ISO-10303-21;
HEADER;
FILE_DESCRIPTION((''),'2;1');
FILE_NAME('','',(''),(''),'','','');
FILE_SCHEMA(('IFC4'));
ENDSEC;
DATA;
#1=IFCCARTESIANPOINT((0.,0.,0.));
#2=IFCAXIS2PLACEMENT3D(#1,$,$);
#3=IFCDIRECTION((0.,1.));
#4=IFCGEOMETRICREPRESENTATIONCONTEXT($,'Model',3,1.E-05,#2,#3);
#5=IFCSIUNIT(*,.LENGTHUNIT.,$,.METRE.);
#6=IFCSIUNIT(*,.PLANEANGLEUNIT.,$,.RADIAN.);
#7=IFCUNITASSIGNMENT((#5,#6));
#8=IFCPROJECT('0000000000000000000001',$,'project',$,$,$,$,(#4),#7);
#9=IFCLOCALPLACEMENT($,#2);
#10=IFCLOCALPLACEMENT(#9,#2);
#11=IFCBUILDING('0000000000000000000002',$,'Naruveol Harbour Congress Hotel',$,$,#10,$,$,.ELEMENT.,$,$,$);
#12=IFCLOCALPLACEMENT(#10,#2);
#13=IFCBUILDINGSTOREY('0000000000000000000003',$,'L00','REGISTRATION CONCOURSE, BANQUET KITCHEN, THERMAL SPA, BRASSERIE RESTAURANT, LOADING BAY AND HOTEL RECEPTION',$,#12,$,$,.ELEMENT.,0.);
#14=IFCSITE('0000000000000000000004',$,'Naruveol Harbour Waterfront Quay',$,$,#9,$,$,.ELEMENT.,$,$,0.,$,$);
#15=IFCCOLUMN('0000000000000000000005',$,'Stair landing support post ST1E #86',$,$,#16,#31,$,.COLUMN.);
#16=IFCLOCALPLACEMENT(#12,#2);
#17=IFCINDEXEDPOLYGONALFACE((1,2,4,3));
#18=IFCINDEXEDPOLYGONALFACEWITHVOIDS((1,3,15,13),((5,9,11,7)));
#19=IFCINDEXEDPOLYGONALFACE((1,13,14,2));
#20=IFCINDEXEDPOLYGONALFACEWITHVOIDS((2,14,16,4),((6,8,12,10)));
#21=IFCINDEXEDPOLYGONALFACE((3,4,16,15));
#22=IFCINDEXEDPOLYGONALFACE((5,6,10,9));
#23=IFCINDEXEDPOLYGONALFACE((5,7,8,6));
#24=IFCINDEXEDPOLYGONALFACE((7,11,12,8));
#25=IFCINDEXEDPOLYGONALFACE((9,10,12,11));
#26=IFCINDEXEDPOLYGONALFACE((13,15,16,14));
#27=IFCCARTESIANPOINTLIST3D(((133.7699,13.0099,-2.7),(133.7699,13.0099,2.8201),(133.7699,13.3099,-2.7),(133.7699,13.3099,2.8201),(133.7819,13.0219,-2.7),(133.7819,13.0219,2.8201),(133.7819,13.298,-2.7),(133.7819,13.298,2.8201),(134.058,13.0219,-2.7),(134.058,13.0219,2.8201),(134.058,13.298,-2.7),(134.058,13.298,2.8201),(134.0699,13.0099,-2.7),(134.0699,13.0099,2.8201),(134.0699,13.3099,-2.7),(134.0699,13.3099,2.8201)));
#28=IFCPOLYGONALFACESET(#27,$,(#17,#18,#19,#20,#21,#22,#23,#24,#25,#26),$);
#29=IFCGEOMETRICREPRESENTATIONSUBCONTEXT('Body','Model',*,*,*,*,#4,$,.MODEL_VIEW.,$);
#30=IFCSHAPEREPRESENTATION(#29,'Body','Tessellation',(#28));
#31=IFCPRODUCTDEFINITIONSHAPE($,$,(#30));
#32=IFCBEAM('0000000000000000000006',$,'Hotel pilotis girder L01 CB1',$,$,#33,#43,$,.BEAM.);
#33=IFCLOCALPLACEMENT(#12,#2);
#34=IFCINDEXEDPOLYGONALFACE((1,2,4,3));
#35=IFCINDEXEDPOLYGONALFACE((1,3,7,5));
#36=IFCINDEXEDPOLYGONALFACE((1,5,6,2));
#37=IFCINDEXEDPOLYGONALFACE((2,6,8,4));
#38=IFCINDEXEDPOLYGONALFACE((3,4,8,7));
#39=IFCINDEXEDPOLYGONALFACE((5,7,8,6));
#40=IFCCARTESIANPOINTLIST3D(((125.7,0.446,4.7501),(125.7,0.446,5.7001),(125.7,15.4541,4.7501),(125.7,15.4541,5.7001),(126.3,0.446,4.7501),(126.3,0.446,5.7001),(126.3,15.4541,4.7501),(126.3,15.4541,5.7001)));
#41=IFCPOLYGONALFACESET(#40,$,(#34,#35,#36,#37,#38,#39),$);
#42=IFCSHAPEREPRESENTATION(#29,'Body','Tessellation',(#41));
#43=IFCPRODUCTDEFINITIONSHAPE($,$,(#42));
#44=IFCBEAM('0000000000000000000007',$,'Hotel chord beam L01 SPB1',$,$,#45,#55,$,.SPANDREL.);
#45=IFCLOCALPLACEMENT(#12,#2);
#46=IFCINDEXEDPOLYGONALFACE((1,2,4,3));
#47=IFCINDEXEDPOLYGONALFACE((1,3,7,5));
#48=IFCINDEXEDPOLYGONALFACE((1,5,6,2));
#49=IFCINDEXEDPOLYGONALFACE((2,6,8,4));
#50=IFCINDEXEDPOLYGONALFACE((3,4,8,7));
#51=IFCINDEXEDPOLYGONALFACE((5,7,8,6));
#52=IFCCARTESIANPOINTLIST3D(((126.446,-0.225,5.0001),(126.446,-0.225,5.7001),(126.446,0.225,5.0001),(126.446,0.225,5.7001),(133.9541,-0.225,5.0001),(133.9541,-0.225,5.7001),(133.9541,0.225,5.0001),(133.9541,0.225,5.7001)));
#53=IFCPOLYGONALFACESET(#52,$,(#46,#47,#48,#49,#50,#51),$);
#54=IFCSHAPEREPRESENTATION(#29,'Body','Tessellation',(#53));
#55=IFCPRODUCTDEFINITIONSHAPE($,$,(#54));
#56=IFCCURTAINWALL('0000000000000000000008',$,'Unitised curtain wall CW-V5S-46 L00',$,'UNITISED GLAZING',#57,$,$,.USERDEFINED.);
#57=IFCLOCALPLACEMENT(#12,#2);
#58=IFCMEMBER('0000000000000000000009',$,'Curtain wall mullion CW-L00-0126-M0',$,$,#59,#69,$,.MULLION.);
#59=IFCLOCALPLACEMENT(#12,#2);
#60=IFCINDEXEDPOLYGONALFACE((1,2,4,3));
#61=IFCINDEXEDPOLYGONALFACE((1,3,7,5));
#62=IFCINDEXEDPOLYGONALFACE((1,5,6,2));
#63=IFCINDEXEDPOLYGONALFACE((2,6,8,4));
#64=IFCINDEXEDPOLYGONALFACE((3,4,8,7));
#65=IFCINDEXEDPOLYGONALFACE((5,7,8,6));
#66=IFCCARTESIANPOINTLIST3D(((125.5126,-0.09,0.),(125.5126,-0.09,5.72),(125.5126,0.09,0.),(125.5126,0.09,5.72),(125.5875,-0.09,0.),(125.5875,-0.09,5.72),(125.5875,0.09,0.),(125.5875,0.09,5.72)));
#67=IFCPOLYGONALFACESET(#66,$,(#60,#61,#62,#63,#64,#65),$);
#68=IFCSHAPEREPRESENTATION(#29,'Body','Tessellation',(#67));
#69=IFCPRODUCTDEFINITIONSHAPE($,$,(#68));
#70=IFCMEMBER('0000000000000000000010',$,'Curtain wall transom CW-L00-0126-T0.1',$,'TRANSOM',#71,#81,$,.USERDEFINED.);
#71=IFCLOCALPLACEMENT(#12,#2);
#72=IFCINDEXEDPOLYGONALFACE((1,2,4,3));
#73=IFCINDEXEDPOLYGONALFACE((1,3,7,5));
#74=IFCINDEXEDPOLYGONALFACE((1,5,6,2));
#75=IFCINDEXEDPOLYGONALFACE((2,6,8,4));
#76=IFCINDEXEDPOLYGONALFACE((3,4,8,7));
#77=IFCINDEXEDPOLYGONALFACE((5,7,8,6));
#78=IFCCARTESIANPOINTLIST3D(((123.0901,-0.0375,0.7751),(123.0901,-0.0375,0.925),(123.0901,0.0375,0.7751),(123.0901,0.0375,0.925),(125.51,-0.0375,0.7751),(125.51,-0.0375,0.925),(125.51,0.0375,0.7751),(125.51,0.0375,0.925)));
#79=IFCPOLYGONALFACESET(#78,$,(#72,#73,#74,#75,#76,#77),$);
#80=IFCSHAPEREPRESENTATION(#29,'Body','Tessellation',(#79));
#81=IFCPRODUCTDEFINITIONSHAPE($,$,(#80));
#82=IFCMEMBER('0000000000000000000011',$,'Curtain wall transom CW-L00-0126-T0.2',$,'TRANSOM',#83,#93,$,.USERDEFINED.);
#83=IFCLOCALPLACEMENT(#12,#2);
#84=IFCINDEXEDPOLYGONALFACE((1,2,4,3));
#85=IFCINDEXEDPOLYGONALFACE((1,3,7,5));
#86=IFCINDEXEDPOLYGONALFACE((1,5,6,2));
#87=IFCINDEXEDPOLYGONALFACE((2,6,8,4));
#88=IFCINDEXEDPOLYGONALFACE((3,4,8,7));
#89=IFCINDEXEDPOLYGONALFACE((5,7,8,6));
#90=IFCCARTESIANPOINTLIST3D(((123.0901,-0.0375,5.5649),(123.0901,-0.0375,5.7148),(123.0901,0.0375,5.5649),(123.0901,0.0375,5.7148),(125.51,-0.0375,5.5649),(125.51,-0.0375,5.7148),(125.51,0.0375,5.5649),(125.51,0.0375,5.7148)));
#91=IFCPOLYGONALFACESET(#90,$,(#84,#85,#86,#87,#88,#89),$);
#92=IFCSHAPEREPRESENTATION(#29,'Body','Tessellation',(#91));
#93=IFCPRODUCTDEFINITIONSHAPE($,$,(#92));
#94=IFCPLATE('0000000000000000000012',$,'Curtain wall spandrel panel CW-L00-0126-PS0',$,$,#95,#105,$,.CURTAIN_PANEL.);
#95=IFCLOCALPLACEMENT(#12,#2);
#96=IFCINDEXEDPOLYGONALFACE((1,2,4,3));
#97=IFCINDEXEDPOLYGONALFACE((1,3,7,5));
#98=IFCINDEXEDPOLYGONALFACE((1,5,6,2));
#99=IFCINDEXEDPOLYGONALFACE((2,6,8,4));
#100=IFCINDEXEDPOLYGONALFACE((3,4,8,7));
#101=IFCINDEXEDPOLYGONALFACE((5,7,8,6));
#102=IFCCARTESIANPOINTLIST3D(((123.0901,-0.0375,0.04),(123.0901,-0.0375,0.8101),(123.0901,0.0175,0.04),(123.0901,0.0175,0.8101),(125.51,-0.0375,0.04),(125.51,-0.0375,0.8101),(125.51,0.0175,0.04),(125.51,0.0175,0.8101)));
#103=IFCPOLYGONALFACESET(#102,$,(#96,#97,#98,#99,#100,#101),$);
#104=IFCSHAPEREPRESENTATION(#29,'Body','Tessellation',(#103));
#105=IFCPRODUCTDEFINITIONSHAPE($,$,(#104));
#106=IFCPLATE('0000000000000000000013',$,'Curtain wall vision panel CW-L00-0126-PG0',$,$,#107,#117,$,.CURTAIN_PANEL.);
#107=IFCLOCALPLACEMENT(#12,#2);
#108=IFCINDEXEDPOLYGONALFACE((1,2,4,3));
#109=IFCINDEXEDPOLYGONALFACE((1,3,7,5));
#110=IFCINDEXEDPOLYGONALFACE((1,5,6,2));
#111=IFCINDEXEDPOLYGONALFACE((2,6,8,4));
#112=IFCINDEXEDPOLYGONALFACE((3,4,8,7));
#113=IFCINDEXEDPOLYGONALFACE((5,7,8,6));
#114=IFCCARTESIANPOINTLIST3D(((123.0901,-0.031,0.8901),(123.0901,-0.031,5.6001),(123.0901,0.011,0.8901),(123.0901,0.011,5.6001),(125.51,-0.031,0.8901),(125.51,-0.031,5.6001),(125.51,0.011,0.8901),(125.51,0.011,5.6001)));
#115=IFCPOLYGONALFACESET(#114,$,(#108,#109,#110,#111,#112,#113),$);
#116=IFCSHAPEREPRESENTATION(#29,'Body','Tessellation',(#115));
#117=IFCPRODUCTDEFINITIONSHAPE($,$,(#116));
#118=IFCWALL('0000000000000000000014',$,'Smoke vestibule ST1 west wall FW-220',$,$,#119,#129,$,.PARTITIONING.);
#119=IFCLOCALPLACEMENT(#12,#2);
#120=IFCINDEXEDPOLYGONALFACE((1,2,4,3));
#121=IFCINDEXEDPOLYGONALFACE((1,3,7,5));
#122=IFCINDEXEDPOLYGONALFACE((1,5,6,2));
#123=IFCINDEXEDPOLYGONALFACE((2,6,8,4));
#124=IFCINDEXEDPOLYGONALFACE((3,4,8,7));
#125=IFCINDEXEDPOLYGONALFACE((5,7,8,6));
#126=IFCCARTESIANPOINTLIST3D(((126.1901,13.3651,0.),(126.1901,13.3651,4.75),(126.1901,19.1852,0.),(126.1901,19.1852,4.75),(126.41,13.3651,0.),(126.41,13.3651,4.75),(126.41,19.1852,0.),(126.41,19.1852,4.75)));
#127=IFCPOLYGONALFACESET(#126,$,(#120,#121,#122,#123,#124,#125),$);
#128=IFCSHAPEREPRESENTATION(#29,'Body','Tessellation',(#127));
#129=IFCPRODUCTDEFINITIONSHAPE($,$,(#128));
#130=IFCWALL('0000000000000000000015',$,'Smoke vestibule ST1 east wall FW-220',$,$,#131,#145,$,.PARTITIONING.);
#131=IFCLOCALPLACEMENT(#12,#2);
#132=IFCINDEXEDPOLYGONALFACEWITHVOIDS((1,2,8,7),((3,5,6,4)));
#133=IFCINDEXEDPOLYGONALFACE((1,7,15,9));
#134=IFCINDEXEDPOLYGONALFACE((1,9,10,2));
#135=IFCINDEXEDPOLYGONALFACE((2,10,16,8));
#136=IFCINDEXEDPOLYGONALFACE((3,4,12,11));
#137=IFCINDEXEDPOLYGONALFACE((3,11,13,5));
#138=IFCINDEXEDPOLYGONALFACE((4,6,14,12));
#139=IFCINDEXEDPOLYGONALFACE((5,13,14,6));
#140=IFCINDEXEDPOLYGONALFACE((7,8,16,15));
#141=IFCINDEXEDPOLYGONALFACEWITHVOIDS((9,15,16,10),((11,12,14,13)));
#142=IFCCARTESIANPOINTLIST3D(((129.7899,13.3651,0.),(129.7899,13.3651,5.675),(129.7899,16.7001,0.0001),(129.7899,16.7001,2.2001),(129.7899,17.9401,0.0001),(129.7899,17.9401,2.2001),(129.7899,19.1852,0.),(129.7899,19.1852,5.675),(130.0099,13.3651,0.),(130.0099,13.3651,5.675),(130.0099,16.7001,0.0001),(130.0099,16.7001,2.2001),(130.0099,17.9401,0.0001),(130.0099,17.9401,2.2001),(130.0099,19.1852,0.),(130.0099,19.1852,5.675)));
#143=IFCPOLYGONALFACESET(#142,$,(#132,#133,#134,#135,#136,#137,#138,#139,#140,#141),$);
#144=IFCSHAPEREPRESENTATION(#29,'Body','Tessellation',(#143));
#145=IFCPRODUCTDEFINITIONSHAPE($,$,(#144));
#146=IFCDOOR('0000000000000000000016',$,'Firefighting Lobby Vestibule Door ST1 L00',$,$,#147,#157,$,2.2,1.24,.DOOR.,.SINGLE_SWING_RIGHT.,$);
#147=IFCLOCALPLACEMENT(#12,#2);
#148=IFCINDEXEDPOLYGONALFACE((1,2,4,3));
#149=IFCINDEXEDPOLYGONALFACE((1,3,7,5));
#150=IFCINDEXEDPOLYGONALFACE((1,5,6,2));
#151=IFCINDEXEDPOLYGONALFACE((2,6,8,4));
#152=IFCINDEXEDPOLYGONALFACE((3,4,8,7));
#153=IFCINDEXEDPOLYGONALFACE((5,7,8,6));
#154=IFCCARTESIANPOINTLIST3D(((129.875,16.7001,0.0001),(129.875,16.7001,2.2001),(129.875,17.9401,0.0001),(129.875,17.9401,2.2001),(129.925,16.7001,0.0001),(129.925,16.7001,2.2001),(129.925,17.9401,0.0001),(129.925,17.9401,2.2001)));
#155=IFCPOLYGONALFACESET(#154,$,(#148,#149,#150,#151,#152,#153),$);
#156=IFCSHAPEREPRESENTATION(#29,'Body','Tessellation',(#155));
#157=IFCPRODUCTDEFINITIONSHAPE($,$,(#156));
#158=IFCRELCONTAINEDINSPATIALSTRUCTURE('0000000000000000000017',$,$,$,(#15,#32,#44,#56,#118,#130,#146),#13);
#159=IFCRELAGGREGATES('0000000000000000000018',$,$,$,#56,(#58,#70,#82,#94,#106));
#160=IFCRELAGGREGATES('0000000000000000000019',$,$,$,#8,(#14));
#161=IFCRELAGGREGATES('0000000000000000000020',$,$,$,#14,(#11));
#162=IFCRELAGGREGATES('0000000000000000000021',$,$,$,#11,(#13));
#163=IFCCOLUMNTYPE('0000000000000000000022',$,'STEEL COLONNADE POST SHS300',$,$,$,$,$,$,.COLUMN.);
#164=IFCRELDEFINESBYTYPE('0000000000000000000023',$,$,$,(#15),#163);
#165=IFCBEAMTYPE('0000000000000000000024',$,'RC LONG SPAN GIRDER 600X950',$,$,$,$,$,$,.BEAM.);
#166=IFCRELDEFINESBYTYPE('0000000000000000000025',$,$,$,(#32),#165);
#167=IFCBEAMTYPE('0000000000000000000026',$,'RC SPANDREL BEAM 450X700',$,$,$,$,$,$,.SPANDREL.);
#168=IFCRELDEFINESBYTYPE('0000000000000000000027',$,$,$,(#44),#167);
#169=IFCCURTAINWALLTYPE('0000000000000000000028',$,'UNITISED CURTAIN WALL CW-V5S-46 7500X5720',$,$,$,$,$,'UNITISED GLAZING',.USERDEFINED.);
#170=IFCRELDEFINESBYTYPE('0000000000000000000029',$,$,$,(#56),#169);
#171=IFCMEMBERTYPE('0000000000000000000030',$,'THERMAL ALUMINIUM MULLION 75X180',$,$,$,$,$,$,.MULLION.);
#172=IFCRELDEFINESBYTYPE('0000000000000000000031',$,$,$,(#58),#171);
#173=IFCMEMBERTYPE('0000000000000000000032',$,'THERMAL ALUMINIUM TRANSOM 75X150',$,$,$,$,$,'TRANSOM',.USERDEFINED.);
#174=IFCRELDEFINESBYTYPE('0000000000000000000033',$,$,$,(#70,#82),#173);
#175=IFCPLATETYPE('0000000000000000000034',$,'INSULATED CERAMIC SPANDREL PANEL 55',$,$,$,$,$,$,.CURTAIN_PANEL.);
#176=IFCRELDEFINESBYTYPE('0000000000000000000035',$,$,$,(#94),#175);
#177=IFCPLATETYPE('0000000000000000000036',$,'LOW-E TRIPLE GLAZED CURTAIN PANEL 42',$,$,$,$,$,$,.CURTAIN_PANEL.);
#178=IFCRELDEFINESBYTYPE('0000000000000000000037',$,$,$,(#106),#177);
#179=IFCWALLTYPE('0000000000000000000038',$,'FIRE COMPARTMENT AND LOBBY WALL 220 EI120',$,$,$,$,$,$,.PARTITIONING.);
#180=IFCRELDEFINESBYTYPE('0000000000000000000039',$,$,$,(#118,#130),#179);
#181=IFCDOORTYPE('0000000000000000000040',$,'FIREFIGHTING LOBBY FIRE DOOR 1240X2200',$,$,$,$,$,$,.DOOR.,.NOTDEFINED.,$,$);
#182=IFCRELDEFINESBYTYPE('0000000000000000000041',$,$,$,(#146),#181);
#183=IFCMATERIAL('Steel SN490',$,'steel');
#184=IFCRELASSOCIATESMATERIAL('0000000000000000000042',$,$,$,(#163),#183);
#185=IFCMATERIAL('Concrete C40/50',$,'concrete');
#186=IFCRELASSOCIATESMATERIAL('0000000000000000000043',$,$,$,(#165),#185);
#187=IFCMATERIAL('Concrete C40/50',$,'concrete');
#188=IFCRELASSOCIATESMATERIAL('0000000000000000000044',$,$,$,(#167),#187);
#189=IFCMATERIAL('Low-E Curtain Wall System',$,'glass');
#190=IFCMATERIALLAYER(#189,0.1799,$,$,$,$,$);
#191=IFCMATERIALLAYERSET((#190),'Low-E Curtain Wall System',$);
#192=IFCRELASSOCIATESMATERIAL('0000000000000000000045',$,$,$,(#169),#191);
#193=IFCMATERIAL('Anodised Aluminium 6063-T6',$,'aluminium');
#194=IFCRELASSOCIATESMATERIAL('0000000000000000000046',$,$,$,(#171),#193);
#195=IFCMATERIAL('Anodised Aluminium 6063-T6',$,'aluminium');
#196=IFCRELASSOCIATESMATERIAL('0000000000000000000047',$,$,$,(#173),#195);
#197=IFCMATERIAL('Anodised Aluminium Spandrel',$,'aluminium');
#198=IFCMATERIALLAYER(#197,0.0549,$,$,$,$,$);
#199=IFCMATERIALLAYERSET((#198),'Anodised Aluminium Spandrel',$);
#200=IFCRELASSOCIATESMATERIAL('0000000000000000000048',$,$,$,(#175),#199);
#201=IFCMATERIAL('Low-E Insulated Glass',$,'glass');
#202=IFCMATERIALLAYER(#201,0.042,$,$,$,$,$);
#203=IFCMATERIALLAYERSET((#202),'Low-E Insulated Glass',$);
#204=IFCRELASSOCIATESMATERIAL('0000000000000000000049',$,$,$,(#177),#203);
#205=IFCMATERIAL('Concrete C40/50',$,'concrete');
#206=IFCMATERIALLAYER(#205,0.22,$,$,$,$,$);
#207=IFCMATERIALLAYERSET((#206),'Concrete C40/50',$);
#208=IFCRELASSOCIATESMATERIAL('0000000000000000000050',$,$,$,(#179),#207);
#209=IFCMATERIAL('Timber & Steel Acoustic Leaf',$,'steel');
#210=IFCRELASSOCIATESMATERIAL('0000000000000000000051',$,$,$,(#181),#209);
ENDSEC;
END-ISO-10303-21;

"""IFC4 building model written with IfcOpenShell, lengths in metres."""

from ifc_helpers import new_model, si_unit, direction, frame, frame_2d, origin, origin_2d, place, context, subcontext, project, spatial, rectangle, hollow_rectangle, extrude, material, layer, layer_set, material_profile, profile_set, type_object, element, fill, aggregate, save


model = new_model("IFC4")

# Units and contexts
model_context = context("Model", 3, precision=1e-05, world=origin(), true_north=direction((0.0, 1.0)))
body_context = subcontext(model_context, "Body", "Model", "MODEL_VIEW")
ifc_project = project(units=[si_unit("LENGTHUNIT", "METRE"), si_unit("PLANEANGLEUNIT", "RADIAN")], contexts=[model_context])

# Site, building, storey
site_placement = place(None, origin())
site = spatial("IfcSite", under=ifc_project, at=site_placement, Name="Naruveol Harbour Waterfront Quay", CompositionType="ELEMENT", RefElevation=0.0)
building_placement = place(site_placement, origin())
building = spatial("IfcBuilding", under=site, at=building_placement, Name="Naruveol Harbour Congress Hotel", CompositionType="ELEMENT")
storey_placement = place(building_placement, origin())
storey = spatial("IfcBuildingStorey", under=building, at=storey_placement, Name="L00", Description="REGISTRATION CONCOURSE, BANQUET KITCHEN, THERMAL SPA, BRASSERIE RESTAURANT, LOADING BAY AND HOTEL RECEPTION", CompositionType="ELEMENT", Elevation=0.0)

# Column
ifc_material_1 = material(Name="Steel SN490", Category="steel")
ifc_material_profile_1 = material_profile(ifc_material_1, hollow_rectangle(XDim=0.3, YDim=0.3, WallThickness=0.012, at=origin_2d()), Name="SHS-300x300x12")
ifc_profile_set_1 = profile_set([ifc_material_profile_1], Name="Steel SN490")
column_type_1 = type_object("IfcColumnType", Name="STEEL COLONNADE POST SHS300", PredefinedType="COLUMN", material=ifc_profile_set_1)
for number, where, z_axis, x_axis, name in (
    (1, (133.9199, 13.1599, -2.7), (0.0, 0.0, 1.0), (1.0, 0.0, 0.0), "Stair landing support post ST1E #86"),
):
    element("IfcColumn", number, at=place(storey_placement, frame(where, z_axis=z_axis, x_axis=x_axis)), inside=storey, type_object=column_type_1, Name=name, PredefinedType="COLUMN", context=body_context, shape_type="SweptSolid", body=[
        extrude(hollow_rectangle(XDim=0.3, YDim=0.3, WallThickness=0.012, at=origin_2d()), origin(), (0.0, 0.0, 1.0), 5.52),
    ])

# Beams
ifc_material_2 = material(Name="Concrete C40/50", Category="concrete")
ifc_material_profile_2 = material_profile(ifc_material_2, rectangle(XDim=0.6001, YDim=0.95, at=origin_2d()), Name="RCB-600x950")
ifc_profile_set_2 = profile_set([ifc_material_profile_2], Name="Concrete C40/50")
beam_type_1 = type_object("IfcBeamType", Name="RC LONG SPAN GIRDER 600X950", PredefinedType="BEAM", material=ifc_profile_set_2)
beam_1_placement = place(storey_placement, frame((126.0, 0.446, 5.2251), z_axis=(0.0, 1.0, 0.0), x_axis=(-1.0, 0.0, 0.0)))
element("IfcBeam", 2, at=beam_1_placement, inside=storey, type_object=beam_type_1, Name="Hotel pilotis girder L01 CB1", PredefinedType="BEAM", context=body_context, shape_type="SweptSolid", body=[
    extrude(rectangle(XDim=0.6001, YDim=0.95, at=origin_2d()), origin(), (0.0, 0.0, 1.0), 15.0081),
])
ifc_material_3 = material(Name="Concrete C40/50", Category="concrete")
ifc_material_profile_3 = material_profile(ifc_material_3, rectangle(XDim=0.45, YDim=0.7, at=origin_2d()), Name="RCB-450x700")
ifc_profile_set_3 = profile_set([ifc_material_profile_3], Name="Concrete C40/50")
beam_type_2 = type_object("IfcBeamType", Name="RC SPANDREL BEAM 450X700", PredefinedType="SPANDREL", material=ifc_profile_set_3)
beam_2_placement = place(storey_placement, frame((126.446, 0.0, 5.3501), z_axis=(1.0, 0.0, 0.0), x_axis=(0.0, 1.0, 0.0)))
element("IfcBeam", 3, at=beam_2_placement, inside=storey, type_object=beam_type_2, Name="Hotel chord beam L01 SPB1", PredefinedType="SPANDREL", context=body_context, shape_type="SweptSolid", body=[
    extrude(rectangle(XDim=0.45, YDim=0.7, at=origin_2d()), origin(), (0.0, 0.0, 1.0), 7.5081),
])

# Curtain wall, members, plates
ifc_material_4 = material(Name="Low-E Curtain Wall System", Category="glass")
ifc_layer_1 = layer(ifc_material_4, 0.1799)
ifc_layer_set_1 = layer_set([ifc_layer_1], Name="Low-E Curtain Wall System")
curtain_wall_type = type_object("IfcCurtainWallType", Name="UNITISED CURTAIN WALL CW-V5S-46 7500X5720", ElementType="UNITISED GLAZING", PredefinedType="USERDEFINED", material=ifc_layer_set_1)
curtain_wall_placement = place(storey_placement, origin())
curtain_wall = element("IfcCurtainWall", 4, at=curtain_wall_placement, inside=storey, type_object=curtain_wall_type, Name="Unitised curtain wall CW-V5S-46 L00", ObjectType="UNITISED GLAZING", PredefinedType="USERDEFINED")
ifc_material_5 = material(Name="Anodised Aluminium 6063-T6", Category="aluminium")
ifc_material_profile_4 = material_profile(ifc_material_5, rectangle(XDim=0.075, YDim=0.1799, at=origin_2d()), Name="ALU-75x180")
ifc_profile_set_4 = profile_set([ifc_material_profile_4], Name="Anodised Aluminium 6063-T6")
member_type_1 = type_object("IfcMemberType", Name="THERMAL ALUMINIUM MULLION 75X180", PredefinedType="MULLION", material=ifc_profile_set_4)
member_1_placement = place(storey_placement, frame((125.55, 0.0, 0.0), z_axis=(0.0, 0.0, 1.0), x_axis=(1.0, 0.0, 0.0)))
member_1 = element("IfcMember", 5, at=member_1_placement, type_object=member_type_1, Name="Curtain wall mullion CW-L00-0126-M0", PredefinedType="MULLION", context=body_context, shape_type="SweptSolid", body=[
    extrude(rectangle(XDim=0.075, YDim=0.1799, at=origin_2d()), origin(), (0.0, 0.0, 1.0), 5.72),
])
ifc_material_6 = material(Name="Anodised Aluminium 6063-T6", Category="aluminium")
ifc_material_profile_5 = material_profile(ifc_material_6, rectangle(XDim=0.075, YDim=0.1499, at=origin_2d()), Name="ALU-75x150")
ifc_profile_set_5 = profile_set([ifc_material_profile_5], Name="Anodised Aluminium 6063-T6")
member_type_2 = type_object("IfcMemberType", Name="THERMAL ALUMINIUM TRANSOM 75X150", ElementType="TRANSOM", PredefinedType="USERDEFINED", material=ifc_profile_set_5)
member_2_placement = place(storey_placement, frame((125.51, 0.0, 0.8501), z_axis=(-1.0, 0.0, 0.0), x_axis=(0.0, -1.0, 0.0)))
member_2 = element("IfcMember", 6, at=member_2_placement, type_object=member_type_2, Name="Curtain wall transom CW-L00-0126-T0.1", ObjectType="TRANSOM", PredefinedType="USERDEFINED", context=body_context, shape_type="SweptSolid", body=[
    extrude(rectangle(XDim=0.075, YDim=0.1499, at=origin_2d()), origin(), (0.0, 0.0, 1.0), 2.4199),
])
member_3_placement = place(storey_placement, frame((125.51, 0.0, 5.6399), z_axis=(-1.0, 0.0, 0.0), x_axis=(0.0, -1.0, 0.0)))
member_3 = element("IfcMember", 7, at=member_3_placement, type_object=member_type_2, Name="Curtain wall transom CW-L00-0126-T0.2", ObjectType="TRANSOM", PredefinedType="USERDEFINED", context=body_context, shape_type="SweptSolid", body=[
    extrude(rectangle(XDim=0.075, YDim=0.1499, at=origin_2d()), origin(), (0.0, 0.0, 1.0), 2.4199),
])
ifc_material_7 = material(Name="Anodised Aluminium Spandrel", Category="aluminium")
ifc_layer_2 = layer(ifc_material_7, 0.0549)
ifc_layer_set_2 = layer_set([ifc_layer_2], Name="Anodised Aluminium Spandrel")
plate_type_1 = type_object("IfcPlateType", Name="INSULATED CERAMIC SPANDREL PANEL 55", PredefinedType="CURTAIN_PANEL", material=ifc_layer_set_2)
plate_1_placement = place(storey_placement, frame((124.3, -0.01, 0.04), z_axis=(0.0, 0.0, 1.0), x_axis=(-1.0, 0.0, 0.0)))
plate_1 = element("IfcPlate", 8, at=plate_1_placement, type_object=plate_type_1, Name="Curtain wall spandrel panel CW-L00-0126-PS0", PredefinedType="CURTAIN_PANEL", context=body_context, shape_type="SweptSolid", body=[
    extrude(rectangle(XDim=2.4199, YDim=0.0549, at=origin_2d()), origin(), (0.0, 0.0, 1.0), 0.77),
])
ifc_material_8 = material(Name="Low-E Insulated Glass", Category="glass")
ifc_layer_3 = layer(ifc_material_8, 0.042)
ifc_layer_set_3 = layer_set([ifc_layer_3], Name="Low-E Insulated Glass")
plate_type_2 = type_object("IfcPlateType", Name="LOW-E TRIPLE GLAZED CURTAIN PANEL 42", PredefinedType="CURTAIN_PANEL", material=ifc_layer_set_3)
plate_2_placement = place(storey_placement, frame((124.3, -0.01, 0.8901), z_axis=(0.0, 0.0, 1.0), x_axis=(-1.0, 0.0, 0.0)))
plate_2 = element("IfcPlate", 9, at=plate_2_placement, type_object=plate_type_2, Name="Curtain wall vision panel CW-L00-0126-PG0", PredefinedType="CURTAIN_PANEL", context=body_context, shape_type="SweptSolid", body=[
    extrude(rectangle(XDim=2.4199, YDim=0.042, at=origin_2d()), origin(), (0.0, 0.0, 1.0), 4.71),
])
aggregate(curtain_wall, [member_1, member_2, member_3, plate_1, plate_2])

# Wall
ifc_material_9 = material(Name="Concrete C40/50", Category="concrete")
ifc_layer_4 = layer(ifc_material_9, 0.22)
ifc_layer_set_4 = layer_set([ifc_layer_4], Name="Concrete C40/50")
wall_type_1 = type_object("IfcWallType", Name="FIRE COMPARTMENT AND LOBBY WALL 220 EI120", PredefinedType="PARTITIONING", material=ifc_layer_set_4)
wall_1_placement = place(storey_placement, frame((126.3, 13.365, 0.0), z_axis=(0.0, 0.0, 1.0), x_axis=(0.0, 1.0, 0.0)))
element("IfcWall", 10, at=wall_1_placement, inside=storey, type_object=wall_type_1, Name="Smoke vestibule ST1 west wall FW-220", PredefinedType="PARTITIONING", context=body_context, shape_type="SweptSolid", body=[
    extrude(rectangle(XDim=5.8201, YDim=0.22, at=frame_2d((2.9102, 0.0))), origin(), (0.0, 0.0, 1.0), 4.75),
])

# Wall, opening, door
wall_2_placement = place(storey_placement, frame((129.8999, 13.365, 0.0), z_axis=(0.0, 0.0, 1.0), x_axis=(0.0, 1.0, 0.0)))
wall_2 = element("IfcWall", 11, at=wall_2_placement, inside=storey, type_object=wall_type_1, Name="Smoke vestibule ST1 east wall FW-220", PredefinedType="PARTITIONING", context=body_context, shape_type="SweptSolid", body=[
    extrude(rectangle(XDim=5.8201, YDim=0.22, at=frame_2d((2.9102, 0.0))), origin(), (0.0, 0.0, 1.0), 5.675),
])
opening_1_placement = place(wall_2_placement, frame((3.335, 0.0, 0.0)))
opening_1 = element("IfcOpeningElement", 12, at=opening_1_placement, cuts=wall_2, PredefinedType="OPENING", context=body_context, shape_type="SweptSolid", body=[
    extrude(rectangle(XDim=1.24, YDim=2.2, at=frame_2d((0.6201, 1.1001))), frame((0.0, 0.1199, 0.0), z_axis=(0.0, -1.0, 0.0), x_axis=(1.0, 0.0, 0.0)), (0.0, 0.0, 1.0), 0.24),
])
ifc_material_10 = material(Name="Timber & Steel Acoustic Leaf", Category="steel")
door_type_1 = type_object("IfcDoorType", Name="FIREFIGHTING LOBBY FIRE DOOR 1240X2200", OperationType="NOTDEFINED", PredefinedType="DOOR", material=ifc_material_10)
door_1_placement = place(opening_1_placement, origin())
door_1 = element("IfcDoor", 13, at=door_1_placement, inside=storey, type_object=door_type_1, Name="Firefighting Lobby Vestibule Door ST1 L00", OperationType="SINGLE_SWING_RIGHT", OverallHeight=2.2, OverallWidth=1.24, PredefinedType="DOOR", context=body_context, shape_type="SweptSolid", body=[
    extrude(rectangle(XDim=1.24, YDim=2.2, at=frame_2d((0.6201, 1.1001))), frame((0.0, 0.0249, 0.0), z_axis=(0.0, -1.0, 0.0), x_axis=(1.0, 0.0, 0.0)), (0.0, 0.0, 1.0), 0.05),
])
fill(opening_1, door_1)

save(model, "model.ifc")
